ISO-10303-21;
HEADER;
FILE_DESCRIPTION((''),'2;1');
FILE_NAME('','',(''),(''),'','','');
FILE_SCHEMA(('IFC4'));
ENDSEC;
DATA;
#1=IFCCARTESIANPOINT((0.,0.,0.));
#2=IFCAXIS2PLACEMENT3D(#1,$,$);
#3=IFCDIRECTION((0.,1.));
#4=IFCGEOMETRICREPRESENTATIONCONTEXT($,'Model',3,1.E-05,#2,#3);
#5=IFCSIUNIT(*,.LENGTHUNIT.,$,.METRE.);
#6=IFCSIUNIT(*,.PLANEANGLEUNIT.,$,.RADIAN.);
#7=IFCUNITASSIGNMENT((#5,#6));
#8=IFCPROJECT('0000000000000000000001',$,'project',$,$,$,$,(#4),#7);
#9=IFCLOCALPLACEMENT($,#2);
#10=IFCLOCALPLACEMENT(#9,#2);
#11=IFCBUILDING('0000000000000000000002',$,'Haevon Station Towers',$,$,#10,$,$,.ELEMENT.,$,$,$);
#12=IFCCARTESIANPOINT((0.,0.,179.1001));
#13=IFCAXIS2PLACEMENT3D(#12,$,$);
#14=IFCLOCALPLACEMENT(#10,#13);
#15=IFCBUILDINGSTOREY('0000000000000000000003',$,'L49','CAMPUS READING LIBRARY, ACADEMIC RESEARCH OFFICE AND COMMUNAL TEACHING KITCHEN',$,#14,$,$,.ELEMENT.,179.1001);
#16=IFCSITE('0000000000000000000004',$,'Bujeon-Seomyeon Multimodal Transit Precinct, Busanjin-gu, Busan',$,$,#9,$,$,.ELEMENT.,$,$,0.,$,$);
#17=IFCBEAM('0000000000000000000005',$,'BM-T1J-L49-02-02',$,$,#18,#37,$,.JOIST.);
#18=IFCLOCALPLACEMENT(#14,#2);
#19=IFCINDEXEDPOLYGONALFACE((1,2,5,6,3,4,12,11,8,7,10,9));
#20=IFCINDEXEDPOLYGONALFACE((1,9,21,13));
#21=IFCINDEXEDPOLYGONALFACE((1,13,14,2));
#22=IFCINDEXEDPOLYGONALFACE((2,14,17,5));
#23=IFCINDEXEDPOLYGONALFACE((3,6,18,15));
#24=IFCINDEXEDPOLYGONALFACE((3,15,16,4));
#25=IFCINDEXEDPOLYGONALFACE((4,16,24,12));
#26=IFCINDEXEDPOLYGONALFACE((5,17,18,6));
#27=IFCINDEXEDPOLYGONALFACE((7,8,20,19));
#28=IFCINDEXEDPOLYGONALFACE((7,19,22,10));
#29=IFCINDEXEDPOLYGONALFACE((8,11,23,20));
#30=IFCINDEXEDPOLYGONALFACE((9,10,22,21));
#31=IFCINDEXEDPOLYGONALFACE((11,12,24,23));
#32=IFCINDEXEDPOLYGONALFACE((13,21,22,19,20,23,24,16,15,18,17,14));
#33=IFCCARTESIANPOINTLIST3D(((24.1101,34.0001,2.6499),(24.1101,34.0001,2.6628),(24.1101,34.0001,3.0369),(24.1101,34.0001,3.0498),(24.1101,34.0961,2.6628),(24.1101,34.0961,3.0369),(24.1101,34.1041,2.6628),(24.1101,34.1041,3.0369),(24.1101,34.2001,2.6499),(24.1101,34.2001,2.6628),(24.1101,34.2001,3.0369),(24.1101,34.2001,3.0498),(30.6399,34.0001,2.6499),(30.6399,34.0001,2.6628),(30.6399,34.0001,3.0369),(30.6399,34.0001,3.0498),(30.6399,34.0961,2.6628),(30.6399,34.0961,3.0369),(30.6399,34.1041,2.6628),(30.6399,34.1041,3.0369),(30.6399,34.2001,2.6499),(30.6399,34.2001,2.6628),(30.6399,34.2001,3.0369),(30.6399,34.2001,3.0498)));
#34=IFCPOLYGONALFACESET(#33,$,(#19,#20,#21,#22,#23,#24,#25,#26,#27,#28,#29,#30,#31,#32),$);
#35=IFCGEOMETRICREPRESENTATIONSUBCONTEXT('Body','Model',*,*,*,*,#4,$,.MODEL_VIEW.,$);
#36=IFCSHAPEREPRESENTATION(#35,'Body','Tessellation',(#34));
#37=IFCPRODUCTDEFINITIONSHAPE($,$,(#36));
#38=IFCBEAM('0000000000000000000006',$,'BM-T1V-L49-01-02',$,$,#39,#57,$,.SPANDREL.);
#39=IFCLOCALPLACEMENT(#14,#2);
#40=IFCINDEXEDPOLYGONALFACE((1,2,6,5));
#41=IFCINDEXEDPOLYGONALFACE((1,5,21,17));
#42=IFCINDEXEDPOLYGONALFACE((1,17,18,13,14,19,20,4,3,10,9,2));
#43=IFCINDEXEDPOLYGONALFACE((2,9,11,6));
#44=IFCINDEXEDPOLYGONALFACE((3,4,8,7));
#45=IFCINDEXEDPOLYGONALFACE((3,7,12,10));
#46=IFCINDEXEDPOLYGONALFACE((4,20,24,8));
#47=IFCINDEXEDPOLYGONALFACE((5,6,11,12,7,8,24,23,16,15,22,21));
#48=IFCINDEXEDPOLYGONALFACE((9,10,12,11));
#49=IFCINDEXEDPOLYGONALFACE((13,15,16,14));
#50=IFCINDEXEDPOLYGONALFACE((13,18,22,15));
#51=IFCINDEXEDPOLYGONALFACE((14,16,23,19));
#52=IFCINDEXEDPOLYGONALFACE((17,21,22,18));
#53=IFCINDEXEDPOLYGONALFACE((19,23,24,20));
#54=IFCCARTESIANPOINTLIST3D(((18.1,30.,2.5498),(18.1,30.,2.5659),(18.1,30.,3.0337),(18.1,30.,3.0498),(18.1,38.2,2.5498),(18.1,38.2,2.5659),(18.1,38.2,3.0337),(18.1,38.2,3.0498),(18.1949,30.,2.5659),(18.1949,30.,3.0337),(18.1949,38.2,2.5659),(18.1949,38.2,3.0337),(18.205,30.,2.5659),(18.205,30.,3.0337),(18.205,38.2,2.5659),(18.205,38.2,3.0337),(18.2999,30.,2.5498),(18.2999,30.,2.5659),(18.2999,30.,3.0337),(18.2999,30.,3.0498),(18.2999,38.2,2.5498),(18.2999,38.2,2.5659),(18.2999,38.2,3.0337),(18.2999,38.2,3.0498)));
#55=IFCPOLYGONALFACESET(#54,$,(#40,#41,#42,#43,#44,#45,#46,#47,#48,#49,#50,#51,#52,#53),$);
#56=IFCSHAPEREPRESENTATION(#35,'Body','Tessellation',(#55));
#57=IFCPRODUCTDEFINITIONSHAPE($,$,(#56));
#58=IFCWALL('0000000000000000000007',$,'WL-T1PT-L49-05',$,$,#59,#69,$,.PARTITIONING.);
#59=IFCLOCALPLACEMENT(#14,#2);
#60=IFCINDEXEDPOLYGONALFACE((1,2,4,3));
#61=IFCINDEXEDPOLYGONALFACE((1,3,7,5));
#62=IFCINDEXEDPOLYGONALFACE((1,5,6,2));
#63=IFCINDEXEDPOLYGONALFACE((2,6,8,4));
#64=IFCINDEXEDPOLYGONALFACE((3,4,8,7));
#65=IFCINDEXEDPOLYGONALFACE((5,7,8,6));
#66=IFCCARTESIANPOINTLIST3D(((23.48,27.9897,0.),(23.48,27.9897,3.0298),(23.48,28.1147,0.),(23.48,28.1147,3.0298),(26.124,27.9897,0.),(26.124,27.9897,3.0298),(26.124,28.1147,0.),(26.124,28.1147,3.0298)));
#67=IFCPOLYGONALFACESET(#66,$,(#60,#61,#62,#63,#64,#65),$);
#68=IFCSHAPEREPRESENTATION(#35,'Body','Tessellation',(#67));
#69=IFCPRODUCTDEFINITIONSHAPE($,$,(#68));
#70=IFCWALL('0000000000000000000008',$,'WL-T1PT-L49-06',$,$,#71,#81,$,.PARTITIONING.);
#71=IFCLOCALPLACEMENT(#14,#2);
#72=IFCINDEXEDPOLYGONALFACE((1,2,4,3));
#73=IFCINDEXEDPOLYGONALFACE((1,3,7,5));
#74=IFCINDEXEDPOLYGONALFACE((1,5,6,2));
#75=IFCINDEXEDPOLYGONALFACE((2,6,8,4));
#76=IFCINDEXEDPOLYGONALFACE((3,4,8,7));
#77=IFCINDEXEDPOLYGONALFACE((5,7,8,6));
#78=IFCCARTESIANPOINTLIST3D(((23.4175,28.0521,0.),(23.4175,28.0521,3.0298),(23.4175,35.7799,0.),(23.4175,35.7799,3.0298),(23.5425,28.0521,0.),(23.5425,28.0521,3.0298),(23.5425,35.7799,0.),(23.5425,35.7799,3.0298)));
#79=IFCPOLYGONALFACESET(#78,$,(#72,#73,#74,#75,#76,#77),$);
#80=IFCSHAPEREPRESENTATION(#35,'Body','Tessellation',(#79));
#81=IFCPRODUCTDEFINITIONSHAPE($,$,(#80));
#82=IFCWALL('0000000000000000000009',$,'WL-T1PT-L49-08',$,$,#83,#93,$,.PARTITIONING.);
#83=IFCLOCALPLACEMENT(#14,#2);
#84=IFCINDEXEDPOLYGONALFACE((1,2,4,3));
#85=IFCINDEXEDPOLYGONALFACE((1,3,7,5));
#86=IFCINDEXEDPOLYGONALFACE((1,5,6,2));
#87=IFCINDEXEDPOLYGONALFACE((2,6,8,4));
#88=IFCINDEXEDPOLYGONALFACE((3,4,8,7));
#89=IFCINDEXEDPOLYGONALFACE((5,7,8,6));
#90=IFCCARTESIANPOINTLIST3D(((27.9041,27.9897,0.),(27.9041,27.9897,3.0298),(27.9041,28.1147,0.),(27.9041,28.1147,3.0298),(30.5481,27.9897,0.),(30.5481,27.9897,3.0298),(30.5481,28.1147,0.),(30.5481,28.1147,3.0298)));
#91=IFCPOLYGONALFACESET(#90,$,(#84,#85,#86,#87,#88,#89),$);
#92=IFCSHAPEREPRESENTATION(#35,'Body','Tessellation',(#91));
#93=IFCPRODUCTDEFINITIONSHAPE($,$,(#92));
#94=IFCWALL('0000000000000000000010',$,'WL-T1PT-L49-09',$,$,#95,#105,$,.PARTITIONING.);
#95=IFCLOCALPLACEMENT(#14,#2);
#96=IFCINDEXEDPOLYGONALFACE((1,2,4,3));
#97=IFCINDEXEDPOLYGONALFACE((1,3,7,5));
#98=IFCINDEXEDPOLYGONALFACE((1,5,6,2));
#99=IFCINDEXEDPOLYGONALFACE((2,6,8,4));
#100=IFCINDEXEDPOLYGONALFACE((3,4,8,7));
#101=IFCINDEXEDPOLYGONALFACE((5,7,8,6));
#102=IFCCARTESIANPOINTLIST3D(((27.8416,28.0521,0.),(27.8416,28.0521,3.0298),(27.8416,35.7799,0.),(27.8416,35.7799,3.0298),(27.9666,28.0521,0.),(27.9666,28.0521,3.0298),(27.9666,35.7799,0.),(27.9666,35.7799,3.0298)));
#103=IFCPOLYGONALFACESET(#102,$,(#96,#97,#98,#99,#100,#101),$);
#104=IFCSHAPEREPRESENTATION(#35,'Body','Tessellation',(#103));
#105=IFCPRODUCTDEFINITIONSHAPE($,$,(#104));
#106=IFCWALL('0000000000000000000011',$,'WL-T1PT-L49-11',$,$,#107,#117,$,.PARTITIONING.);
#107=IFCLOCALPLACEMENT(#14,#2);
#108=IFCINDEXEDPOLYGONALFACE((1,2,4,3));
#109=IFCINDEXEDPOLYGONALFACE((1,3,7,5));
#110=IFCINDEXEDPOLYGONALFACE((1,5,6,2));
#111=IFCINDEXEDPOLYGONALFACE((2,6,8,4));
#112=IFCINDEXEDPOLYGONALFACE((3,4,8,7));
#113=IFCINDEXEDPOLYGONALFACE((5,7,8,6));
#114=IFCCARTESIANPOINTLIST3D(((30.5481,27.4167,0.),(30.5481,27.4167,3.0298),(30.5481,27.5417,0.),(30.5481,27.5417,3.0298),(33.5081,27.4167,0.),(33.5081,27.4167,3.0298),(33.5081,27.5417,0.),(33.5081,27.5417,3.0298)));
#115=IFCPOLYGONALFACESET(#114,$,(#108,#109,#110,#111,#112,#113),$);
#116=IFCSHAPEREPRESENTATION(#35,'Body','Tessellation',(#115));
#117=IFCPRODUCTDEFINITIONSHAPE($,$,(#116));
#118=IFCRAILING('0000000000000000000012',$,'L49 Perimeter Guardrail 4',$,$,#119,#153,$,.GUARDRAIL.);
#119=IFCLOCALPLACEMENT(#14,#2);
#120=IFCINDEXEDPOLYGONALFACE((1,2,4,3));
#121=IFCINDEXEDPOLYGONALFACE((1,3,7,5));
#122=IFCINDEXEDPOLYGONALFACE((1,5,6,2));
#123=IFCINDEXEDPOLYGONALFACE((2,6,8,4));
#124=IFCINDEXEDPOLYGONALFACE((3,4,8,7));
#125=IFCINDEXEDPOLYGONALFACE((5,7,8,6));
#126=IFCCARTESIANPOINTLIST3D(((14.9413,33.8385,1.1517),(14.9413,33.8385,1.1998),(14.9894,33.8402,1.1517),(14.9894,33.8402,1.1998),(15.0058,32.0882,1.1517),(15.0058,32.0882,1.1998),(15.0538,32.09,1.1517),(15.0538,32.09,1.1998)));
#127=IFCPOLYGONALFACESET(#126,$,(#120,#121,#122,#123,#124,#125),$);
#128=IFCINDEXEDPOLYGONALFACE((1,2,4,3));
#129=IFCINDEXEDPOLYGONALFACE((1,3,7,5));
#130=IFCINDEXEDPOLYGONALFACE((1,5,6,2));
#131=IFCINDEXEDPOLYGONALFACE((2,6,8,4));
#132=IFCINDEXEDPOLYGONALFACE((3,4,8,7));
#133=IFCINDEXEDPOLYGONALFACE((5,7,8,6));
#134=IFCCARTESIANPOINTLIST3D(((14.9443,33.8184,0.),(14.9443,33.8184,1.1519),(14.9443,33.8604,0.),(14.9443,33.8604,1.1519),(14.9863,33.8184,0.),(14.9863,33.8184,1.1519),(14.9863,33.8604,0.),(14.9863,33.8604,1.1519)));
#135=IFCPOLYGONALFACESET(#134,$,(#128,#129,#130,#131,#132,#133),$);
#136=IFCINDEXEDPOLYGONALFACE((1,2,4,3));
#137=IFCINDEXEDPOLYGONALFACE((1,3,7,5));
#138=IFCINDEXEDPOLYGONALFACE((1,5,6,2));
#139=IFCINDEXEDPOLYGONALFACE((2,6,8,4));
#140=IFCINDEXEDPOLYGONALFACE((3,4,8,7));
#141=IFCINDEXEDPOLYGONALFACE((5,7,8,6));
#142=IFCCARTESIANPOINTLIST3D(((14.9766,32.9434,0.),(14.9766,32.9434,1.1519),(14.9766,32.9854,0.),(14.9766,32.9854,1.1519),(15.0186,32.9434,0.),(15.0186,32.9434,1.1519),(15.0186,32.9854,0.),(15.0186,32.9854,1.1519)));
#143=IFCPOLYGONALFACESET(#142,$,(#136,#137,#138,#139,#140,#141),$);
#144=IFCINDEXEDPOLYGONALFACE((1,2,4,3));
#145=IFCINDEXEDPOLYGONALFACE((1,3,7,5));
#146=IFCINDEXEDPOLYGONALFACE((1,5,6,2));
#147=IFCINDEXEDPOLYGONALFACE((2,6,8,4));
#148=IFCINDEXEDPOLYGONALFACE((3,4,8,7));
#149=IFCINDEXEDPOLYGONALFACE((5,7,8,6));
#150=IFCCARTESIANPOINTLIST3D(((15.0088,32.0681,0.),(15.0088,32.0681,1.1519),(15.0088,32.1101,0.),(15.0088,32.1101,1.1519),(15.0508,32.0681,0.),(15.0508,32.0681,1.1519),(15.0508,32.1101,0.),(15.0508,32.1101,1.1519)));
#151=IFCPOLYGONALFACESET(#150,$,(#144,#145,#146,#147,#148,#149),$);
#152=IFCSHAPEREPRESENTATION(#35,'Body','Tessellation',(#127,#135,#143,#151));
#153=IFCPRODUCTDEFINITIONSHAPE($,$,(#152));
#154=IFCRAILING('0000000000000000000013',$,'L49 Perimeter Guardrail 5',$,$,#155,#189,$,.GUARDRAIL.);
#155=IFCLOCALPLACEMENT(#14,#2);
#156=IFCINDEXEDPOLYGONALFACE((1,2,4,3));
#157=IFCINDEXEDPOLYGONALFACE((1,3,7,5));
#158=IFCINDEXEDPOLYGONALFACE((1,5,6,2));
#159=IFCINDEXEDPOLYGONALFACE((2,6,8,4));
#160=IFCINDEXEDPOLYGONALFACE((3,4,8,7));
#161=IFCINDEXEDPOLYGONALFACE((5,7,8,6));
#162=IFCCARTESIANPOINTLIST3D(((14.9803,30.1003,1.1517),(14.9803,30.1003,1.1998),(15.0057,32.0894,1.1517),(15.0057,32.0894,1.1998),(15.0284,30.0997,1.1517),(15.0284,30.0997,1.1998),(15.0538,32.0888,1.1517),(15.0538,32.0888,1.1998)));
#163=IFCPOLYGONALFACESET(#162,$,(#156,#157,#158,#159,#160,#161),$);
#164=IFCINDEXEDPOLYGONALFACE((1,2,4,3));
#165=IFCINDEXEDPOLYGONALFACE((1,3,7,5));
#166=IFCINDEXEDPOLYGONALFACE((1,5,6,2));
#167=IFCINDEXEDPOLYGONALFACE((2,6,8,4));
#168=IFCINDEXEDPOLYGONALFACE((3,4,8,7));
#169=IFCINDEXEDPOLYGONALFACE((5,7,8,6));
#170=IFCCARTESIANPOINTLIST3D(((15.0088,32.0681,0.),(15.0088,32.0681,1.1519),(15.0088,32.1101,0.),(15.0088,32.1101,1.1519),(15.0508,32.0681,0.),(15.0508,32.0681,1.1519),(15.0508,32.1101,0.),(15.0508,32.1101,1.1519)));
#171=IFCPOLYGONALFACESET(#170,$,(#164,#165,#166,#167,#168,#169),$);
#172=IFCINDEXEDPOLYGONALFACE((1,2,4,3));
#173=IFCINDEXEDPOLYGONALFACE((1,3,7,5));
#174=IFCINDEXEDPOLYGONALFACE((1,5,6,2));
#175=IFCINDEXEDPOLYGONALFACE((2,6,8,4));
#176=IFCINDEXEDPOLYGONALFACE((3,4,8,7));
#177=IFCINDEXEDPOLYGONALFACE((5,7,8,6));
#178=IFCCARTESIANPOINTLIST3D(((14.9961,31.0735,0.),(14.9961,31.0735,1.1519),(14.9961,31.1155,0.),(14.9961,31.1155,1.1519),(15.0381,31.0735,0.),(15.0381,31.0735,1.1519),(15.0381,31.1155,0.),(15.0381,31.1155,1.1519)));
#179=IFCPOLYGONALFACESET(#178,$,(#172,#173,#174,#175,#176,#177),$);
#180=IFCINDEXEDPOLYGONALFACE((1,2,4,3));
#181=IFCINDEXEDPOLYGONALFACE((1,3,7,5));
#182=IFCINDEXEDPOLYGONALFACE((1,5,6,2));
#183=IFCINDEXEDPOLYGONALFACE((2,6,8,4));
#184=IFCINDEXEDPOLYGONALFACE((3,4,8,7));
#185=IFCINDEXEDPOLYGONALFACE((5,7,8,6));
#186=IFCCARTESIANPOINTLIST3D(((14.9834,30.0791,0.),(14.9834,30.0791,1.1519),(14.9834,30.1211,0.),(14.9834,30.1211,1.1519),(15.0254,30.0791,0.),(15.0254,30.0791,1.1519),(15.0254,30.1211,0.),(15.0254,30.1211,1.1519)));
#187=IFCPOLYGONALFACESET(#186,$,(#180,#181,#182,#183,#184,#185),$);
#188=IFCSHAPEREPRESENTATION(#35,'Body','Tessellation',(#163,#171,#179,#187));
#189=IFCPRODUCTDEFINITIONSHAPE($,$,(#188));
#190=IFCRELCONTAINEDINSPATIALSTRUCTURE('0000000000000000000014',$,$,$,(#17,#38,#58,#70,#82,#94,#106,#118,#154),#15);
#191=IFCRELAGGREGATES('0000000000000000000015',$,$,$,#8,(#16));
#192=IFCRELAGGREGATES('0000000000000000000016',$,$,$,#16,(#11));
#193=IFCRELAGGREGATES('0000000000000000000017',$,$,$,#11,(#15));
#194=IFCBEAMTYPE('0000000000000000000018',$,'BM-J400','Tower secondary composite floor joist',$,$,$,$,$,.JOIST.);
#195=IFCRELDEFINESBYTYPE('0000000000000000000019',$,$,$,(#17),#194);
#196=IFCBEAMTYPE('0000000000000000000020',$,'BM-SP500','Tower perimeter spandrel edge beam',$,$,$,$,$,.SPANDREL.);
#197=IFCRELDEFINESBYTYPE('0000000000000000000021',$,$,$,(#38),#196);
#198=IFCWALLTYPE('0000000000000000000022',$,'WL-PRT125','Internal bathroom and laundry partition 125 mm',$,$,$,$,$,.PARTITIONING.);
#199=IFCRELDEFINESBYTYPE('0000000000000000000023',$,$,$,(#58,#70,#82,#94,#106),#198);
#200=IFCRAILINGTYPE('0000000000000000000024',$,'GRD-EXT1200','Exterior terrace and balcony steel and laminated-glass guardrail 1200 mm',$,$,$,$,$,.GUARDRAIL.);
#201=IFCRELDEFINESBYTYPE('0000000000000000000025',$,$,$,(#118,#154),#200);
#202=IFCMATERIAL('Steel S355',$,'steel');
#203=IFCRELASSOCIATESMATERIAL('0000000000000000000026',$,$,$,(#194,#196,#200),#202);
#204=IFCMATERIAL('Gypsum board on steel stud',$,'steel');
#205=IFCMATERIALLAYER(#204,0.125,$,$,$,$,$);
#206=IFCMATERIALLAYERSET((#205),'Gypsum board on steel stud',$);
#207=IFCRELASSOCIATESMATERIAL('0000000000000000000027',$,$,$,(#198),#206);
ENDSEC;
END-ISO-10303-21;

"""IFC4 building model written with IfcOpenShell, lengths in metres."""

from ifc_helpers import new_model, si_unit, direction, frame, frame_2d, origin, origin_2d, place, context, subcontext, project, spatial, rectangle, i_section, extrude, material, layer, layer_set, material_profile, profile_set, type_object, element, save


model = new_model("IFC4")

# Units and contexts
model_context = context("Model", 3, precision=1e-05, world=origin(), true_north=direction((0.0, 1.0)))
body_context = subcontext(model_context, "Body", "Model", "MODEL_VIEW")
ifc_project = project(units=[si_unit("LENGTHUNIT", "METRE"), si_unit("PLANEANGLEUNIT", "RADIAN")], contexts=[model_context])

# Site, building, storey
site_placement = place(None, origin())
site = spatial("IfcSite", under=ifc_project, at=site_placement, Name="Bujeon-Seomyeon Multimodal Transit Precinct, Busanjin-gu, Busan", CompositionType="ELEMENT", RefElevation=0.0)
building_placement = place(site_placement, origin())
building = spatial("IfcBuilding", under=site, at=building_placement, Name="Haevon Station Towers", CompositionType="ELEMENT")
storey_placement = place(building_placement, frame((0.0, 0.0, 179.1001)))
storey = spatial("IfcBuildingStorey", under=building, at=storey_placement, Name="L49", Description="CAMPUS READING LIBRARY, ACADEMIC RESEARCH OFFICE AND COMMUNAL TEACHING KITCHEN", CompositionType="ELEMENT", Elevation=179.1001)

# Shared definitions
ifc_material_1 = material(Name="Steel S355", Category="steel")

# Beams
ifc_material_profile_1 = material_profile(ifc_material_1, i_section(OverallWidth=0.2, OverallDepth=0.3999, WebThickness=0.0081, FlangeThickness=0.0129, at=origin_2d()), Name="H-400x200x8x13")
ifc_profile_set_1 = profile_set([ifc_material_profile_1], Name="Steel S355")
beam_type_1 = type_object("IfcBeamType", Name="BM-J400", Description="Tower secondary composite floor joist", PredefinedType="JOIST", material=ifc_profile_set_1)
beam_1_placement = place(storey_placement, frame((24.1101, 34.1001, 2.8499), z_axis=(1.0, 0.0, 0.0), x_axis=(0.0, 1.0, 0.0)))
element("IfcBeam", 1, at=beam_1_placement, inside=storey, type_object=beam_type_1, Name="BM-T1J-L49-02-02", PredefinedType="JOIST", context=body_context, shape_type="SweptSolid", body=[
    extrude(i_section(OverallWidth=0.2, OverallDepth=0.3999, WebThickness=0.0081, FlangeThickness=0.0129, at=origin_2d()), origin(), (0.0, 0.0, 1.0), 6.5298),
])
ifc_material_profile_2 = material_profile(ifc_material_1, i_section(OverallWidth=0.2, OverallDepth=0.5, WebThickness=0.01, FlangeThickness=0.0161, at=origin_2d()), Name="H-500x200x10x16")
ifc_profile_set_2 = profile_set([ifc_material_profile_2], Name="Steel S355")
beam_type_2 = type_object("IfcBeamType", Name="BM-SP500", Description="Tower perimeter spandrel edge beam", PredefinedType="SPANDREL", material=ifc_profile_set_2)
beam_2_placement = place(storey_placement, frame((18.2, 30.0, 2.7998), z_axis=(0.0, 1.0, 0.0), x_axis=(-1.0, 0.0, 0.0)))
element("IfcBeam", 2, at=beam_2_placement, inside=storey, type_object=beam_type_2, Name="BM-T1V-L49-01-02", PredefinedType="SPANDREL", context=body_context, shape_type="SweptSolid", body=[
    extrude(i_section(OverallWidth=0.2, OverallDepth=0.5, WebThickness=0.01, FlangeThickness=0.0161, at=origin_2d()), origin(), (0.0, 0.0, 1.0), 8.2),
])

# Walls
ifc_material_2 = material(Name="Gypsum board on steel stud", Category="steel")
ifc_layer = layer(ifc_material_2, 0.125)
ifc_layer_set = layer_set([ifc_layer], Name="Gypsum board on steel stud")
wall_type = type_object("IfcWallType", Name="WL-PRT125", Description="Internal bathroom and laundry partition 125 mm", PredefinedType="PARTITIONING", material=ifc_layer_set)
wall_1_placement = place(storey_placement, frame((23.48, 28.0522, 0.0), z_axis=(0.0, 0.0, 1.0), x_axis=(1.0, 0.0, 0.0)))
element("IfcWall", 3, at=wall_1_placement, inside=storey, type_object=wall_type, Name="WL-T1PT-L49-05", PredefinedType="PARTITIONING", context=body_context, shape_type="SweptSolid", body=[
    extrude(rectangle(XDim=2.644, YDim=0.125, at=frame_2d((1.322, 0.0))), origin(), (0.0, 0.0, 1.0), 3.0298),
])
wall_2_placement = place(storey_placement, frame((23.48, 28.0522, 0.0), z_axis=(0.0, 0.0, 1.0), x_axis=(0.0, 1.0, 0.0)))
element("IfcWall", 4, at=wall_2_placement, inside=storey, type_object=wall_type, Name="WL-T1PT-L49-06", PredefinedType="PARTITIONING", context=body_context, shape_type="SweptSolid", body=[
    extrude(rectangle(XDim=7.7278, YDim=0.125, at=frame_2d((3.8638, 0.0))), origin(), (0.0, 0.0, 1.0), 3.0298),
])
wall_3_placement = place(storey_placement, frame((27.9041, 28.0522, 0.0), z_axis=(0.0, 0.0, 1.0), x_axis=(1.0, 0.0, 0.0)))
element("IfcWall", 5, at=wall_3_placement, inside=storey, type_object=wall_type, Name="WL-T1PT-L49-08", PredefinedType="PARTITIONING", context=body_context, shape_type="SweptSolid", body=[
    extrude(rectangle(XDim=2.644, YDim=0.125, at=frame_2d((1.322, 0.0))), origin(), (0.0, 0.0, 1.0), 3.0298),
])
wall_4_placement = place(storey_placement, frame((27.9041, 28.0522, 0.0), z_axis=(0.0, 0.0, 1.0), x_axis=(0.0, 1.0, 0.0)))
element("IfcWall", 6, at=wall_4_placement, inside=storey, type_object=wall_type, Name="WL-T1PT-L49-09", PredefinedType="PARTITIONING", context=body_context, shape_type="SweptSolid", body=[
    extrude(rectangle(XDim=7.7278, YDim=0.125, at=frame_2d((3.8638, 0.0))), origin(), (0.0, 0.0, 1.0), 3.0298),
])
wall_5_placement = place(storey_placement, frame((30.5481, 27.4792, 0.0), z_axis=(0.0, 0.0, 1.0), x_axis=(1.0, 0.0, 0.0)))
element("IfcWall", 7, at=wall_5_placement, inside=storey, type_object=wall_type, Name="WL-T1PT-L49-11", PredefinedType="PARTITIONING", context=body_context, shape_type="SweptSolid", body=[
    extrude(rectangle(XDim=2.96, YDim=0.125, at=frame_2d((1.48, 0.0))), origin(), (0.0, 0.0, 1.0), 3.0298),
])

# Railings
railing_type = type_object("IfcRailingType", Name="GRD-EXT1200", Description="Exterior terrace and balcony steel and laminated-glass guardrail 1200 mm", PredefinedType="GUARDRAIL", material=ifc_material_1)
railing_1_placement = place(storey_placement, frame((14.9653, 33.8394, 0.0)))
element("IfcRailing", 8, at=railing_1_placement, inside=storey, type_object=railing_type, Name="L49 Perimeter Guardrail 4", PredefinedType="GUARDRAIL", context=body_context, shape_type="SweptSolid", body=[
    extrude(rectangle(XDim=0.0481, YDim=0.0481, at=origin_2d()), frame((0.0, 0.0, 1.1758), z_axis=(0.0368, -0.999323, 0.0), x_axis=(0.999323, 0.0368, 0.0)), (0.0, 0.0, 1.0), 1.7515),
    extrude(rectangle(XDim=0.042, YDim=0.042, at=origin_2d()), origin(), (0.0, 0.0, 1.0), 1.1519),
    extrude(rectangle(XDim=0.042, YDim=0.042, at=origin_2d()), frame((0.0322, -0.875, 0.0)), (0.0, 0.0, 1.0), 1.1519),
    extrude(rectangle(XDim=0.042, YDim=0.042, at=origin_2d()), frame((0.0645, -1.7502, 0.0)), (0.0, 0.0, 1.0), 1.1519),
])
railing_2_placement = place(storey_placement, frame((15.0298, 32.0891, 0.0)))
element("IfcRailing", 9, at=railing_2_placement, inside=storey, type_object=railing_type, Name="L49 Perimeter Guardrail 5", PredefinedType="GUARDRAIL", context=body_context, shape_type="SweptSolid", body=[
    extrude(rectangle(XDim=0.0481, YDim=0.0481, at=origin_2d()), frame((0.0, 0.0, 1.1758), z_axis=(-0.012764, -0.999919, 0.0), x_axis=(0.999919, -0.012764, 0.0)), (0.0, 0.0, 1.0), 1.9893),
    extrude(rectangle(XDim=0.042, YDim=0.042, at=origin_2d()), origin(), (0.0, 0.0, 1.0), 1.1519),
    extrude(rectangle(XDim=0.042, YDim=0.042, at=origin_2d()), frame((-0.0127, -0.9946, 0.0)), (0.0, 0.0, 1.0), 1.1519),
    extrude(rectangle(XDim=0.042, YDim=0.042, at=origin_2d()), frame((-0.0254, -1.989, 0.0)), (0.0, 0.0, 1.0), 1.1519),
])

save(model, "model.ifc")
